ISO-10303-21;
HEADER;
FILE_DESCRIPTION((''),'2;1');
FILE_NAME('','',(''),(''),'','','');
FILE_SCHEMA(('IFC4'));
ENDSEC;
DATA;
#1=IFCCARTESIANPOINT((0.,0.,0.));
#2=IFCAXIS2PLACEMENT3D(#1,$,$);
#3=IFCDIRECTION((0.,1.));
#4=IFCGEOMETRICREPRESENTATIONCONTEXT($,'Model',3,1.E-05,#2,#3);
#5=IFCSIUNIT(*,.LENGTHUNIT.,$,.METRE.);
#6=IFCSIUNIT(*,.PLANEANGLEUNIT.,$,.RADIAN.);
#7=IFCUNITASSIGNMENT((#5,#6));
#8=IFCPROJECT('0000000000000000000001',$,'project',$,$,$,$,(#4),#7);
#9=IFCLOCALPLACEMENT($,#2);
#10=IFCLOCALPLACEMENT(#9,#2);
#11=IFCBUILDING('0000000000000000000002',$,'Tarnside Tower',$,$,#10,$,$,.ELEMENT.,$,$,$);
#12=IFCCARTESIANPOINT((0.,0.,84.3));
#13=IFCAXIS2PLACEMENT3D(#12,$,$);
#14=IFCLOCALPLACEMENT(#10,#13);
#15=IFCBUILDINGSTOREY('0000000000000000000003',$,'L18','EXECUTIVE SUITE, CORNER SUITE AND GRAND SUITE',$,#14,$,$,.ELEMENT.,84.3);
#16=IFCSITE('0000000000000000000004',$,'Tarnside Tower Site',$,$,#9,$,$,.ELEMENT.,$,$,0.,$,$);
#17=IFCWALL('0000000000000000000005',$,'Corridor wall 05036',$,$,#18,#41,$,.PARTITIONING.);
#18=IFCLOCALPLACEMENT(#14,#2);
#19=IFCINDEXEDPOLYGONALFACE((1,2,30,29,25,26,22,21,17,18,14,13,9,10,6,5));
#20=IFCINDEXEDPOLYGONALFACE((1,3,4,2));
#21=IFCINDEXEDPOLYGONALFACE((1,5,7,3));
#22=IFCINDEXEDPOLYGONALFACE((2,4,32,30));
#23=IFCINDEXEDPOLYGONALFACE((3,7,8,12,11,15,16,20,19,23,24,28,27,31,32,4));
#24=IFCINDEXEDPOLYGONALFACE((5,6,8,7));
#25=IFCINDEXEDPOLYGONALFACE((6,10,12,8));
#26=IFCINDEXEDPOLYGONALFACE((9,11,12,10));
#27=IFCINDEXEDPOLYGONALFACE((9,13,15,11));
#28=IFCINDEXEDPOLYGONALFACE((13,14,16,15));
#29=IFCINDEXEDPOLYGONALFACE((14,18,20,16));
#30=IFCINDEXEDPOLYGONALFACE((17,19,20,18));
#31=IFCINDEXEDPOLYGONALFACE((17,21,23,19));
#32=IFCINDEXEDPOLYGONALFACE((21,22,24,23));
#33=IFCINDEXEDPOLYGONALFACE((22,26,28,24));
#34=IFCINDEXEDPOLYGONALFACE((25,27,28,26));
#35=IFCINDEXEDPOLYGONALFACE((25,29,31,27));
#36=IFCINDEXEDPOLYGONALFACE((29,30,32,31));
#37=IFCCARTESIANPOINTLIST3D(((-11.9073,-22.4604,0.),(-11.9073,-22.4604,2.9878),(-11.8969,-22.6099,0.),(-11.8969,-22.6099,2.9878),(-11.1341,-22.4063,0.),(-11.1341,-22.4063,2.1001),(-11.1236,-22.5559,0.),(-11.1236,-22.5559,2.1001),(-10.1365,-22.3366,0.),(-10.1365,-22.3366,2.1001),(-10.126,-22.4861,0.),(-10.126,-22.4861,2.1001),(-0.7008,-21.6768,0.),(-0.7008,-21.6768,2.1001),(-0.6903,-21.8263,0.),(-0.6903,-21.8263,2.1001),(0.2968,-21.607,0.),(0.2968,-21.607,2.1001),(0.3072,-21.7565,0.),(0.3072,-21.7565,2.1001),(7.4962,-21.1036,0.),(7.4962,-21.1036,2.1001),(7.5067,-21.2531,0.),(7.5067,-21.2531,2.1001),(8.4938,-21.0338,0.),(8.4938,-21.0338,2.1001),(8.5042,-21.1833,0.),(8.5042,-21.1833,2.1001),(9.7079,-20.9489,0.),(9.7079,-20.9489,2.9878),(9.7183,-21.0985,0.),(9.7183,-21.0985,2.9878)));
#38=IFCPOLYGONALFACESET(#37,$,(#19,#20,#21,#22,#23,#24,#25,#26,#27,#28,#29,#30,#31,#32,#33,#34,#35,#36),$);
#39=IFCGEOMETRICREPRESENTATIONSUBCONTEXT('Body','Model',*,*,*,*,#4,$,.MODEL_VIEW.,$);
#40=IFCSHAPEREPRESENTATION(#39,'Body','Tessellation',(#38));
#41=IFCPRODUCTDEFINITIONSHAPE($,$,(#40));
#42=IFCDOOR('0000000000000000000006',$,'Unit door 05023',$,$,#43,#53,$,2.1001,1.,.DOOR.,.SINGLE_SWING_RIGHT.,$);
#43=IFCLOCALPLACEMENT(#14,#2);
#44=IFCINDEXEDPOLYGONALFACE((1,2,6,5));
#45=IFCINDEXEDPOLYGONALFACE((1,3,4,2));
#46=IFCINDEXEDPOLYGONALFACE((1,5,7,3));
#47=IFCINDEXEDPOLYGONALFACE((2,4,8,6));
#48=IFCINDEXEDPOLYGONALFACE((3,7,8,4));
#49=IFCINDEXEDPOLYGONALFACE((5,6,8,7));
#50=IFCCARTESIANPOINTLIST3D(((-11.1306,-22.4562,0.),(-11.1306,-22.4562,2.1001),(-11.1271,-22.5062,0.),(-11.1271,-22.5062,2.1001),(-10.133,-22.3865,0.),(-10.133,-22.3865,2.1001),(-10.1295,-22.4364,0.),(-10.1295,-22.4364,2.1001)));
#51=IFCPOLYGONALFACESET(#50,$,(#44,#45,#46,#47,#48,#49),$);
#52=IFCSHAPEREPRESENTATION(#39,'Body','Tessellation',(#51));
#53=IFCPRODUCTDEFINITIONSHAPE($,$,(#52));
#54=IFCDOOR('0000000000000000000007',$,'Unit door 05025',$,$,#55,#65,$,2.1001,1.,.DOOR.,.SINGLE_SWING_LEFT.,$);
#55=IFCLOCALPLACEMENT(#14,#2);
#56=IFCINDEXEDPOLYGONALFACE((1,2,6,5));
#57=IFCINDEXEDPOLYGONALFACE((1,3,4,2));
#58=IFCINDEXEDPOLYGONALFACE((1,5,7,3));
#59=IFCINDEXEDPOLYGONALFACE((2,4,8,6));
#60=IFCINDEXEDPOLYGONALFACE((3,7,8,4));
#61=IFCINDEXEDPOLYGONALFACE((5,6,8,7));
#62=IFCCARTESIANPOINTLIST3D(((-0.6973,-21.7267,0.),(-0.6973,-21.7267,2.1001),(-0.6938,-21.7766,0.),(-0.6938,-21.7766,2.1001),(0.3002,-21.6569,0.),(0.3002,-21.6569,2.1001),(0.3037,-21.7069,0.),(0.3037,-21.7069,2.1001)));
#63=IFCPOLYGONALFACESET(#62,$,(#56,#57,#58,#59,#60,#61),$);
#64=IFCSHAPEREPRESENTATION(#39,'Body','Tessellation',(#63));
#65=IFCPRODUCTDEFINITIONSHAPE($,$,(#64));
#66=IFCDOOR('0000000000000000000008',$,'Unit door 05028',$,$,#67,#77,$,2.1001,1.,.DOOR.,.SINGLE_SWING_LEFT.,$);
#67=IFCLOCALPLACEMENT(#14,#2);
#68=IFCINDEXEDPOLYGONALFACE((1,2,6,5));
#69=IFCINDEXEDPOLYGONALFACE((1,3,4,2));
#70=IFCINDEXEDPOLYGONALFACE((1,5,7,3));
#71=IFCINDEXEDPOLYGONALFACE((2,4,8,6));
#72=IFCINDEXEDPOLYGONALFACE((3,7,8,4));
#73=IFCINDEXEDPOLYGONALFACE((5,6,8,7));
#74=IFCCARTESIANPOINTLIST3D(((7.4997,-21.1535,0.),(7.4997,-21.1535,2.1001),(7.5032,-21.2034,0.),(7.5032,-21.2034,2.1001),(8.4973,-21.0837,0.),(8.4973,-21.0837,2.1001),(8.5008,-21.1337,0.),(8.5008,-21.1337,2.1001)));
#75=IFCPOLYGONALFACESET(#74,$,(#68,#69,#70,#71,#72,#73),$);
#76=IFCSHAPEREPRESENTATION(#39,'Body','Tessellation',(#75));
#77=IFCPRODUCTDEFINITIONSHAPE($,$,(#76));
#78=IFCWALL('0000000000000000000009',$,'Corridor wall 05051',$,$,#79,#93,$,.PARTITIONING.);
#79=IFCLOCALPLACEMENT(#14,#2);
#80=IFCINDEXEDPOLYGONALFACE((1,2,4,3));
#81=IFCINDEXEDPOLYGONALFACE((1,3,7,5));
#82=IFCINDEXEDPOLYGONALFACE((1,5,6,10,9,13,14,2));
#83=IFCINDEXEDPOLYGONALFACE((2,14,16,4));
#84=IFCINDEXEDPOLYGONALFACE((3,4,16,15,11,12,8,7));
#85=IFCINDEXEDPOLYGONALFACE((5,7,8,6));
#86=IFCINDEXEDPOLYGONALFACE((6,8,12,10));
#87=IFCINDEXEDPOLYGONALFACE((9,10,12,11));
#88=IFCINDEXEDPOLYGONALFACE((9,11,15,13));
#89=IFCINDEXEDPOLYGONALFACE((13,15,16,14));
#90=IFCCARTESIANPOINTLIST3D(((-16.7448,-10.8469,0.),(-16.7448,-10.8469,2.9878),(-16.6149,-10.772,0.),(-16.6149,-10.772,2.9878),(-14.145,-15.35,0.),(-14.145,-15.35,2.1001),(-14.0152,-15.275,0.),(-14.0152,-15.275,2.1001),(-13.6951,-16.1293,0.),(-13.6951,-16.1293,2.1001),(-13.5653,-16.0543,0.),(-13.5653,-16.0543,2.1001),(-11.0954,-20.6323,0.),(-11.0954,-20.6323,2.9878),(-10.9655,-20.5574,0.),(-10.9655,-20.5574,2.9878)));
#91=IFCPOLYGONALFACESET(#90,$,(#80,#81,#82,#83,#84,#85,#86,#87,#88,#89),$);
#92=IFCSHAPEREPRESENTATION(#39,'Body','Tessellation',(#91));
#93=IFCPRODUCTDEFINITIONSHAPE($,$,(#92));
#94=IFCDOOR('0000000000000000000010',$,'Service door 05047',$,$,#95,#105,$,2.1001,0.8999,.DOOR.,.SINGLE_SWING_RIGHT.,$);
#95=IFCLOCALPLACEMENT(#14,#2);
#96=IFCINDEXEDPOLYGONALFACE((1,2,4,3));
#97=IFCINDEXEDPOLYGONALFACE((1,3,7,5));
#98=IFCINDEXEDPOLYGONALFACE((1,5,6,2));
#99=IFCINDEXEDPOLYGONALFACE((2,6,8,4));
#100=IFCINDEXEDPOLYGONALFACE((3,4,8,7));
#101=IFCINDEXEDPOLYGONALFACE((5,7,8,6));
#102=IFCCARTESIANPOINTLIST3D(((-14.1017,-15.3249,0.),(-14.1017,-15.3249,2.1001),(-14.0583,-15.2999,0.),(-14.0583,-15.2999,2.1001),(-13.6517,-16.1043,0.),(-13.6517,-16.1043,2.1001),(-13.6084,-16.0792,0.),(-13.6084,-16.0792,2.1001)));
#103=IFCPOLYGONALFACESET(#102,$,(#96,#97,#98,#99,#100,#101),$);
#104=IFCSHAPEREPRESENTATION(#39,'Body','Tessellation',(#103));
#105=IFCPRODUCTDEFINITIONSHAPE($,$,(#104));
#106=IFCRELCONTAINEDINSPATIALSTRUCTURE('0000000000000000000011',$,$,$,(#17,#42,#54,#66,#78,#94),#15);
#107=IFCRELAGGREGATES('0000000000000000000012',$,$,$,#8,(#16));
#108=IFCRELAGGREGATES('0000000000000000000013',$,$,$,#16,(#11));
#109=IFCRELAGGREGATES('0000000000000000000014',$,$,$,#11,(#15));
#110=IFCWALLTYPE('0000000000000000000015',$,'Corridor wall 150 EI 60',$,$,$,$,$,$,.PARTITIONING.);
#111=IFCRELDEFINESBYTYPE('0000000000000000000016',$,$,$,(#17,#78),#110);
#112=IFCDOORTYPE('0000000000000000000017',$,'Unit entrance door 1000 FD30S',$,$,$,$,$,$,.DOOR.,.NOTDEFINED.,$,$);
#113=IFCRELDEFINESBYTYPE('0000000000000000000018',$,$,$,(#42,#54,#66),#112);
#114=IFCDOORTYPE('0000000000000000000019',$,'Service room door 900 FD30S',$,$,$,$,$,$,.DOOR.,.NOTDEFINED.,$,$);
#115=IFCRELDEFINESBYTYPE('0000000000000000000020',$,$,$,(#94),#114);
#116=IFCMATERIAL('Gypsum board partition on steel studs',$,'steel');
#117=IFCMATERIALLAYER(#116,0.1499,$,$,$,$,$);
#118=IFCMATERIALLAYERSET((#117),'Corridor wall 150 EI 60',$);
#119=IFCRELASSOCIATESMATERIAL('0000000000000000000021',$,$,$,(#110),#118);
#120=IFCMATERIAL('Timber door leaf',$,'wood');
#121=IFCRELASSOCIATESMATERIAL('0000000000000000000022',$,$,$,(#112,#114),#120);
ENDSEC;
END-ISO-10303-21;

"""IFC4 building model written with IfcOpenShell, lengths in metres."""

from ifc_helpers import new_model, si_unit, direction, frame, frame_2d, origin, place, context, subcontext, project, spatial, rectangle, extrude, material, layer, layer_set, type_object, element, fill, save


model = new_model("IFC4")

# Units and contexts
model_context = context("Model", 3, precision=1e-05, world=origin(), true_north=direction((0.0, 1.0)))
body_context = subcontext(model_context, "Body", "Model", "MODEL_VIEW")
ifc_project = project(units=[si_unit("LENGTHUNIT", "METRE"), si_unit("PLANEANGLEUNIT", "RADIAN")], contexts=[model_context])

# Site, building, storey
site_placement = place(None, origin())
site = spatial("IfcSite", under=ifc_project, at=site_placement, Name="Tarnside Tower Site", CompositionType="ELEMENT", RefElevation=0.0)
building_placement = place(site_placement, origin())
building = spatial("IfcBuilding", under=site, at=building_placement, Name="Tarnside Tower", CompositionType="ELEMENT")
storey_placement = place(building_placement, frame((0.0, 0.0, 84.3)))
storey = spatial("IfcBuildingStorey", under=building, at=storey_placement, Name="L18", Description="EXECUTIVE SUITE, CORNER SUITE AND GRAND SUITE", CompositionType="ELEMENT", Elevation=84.3)

# Shared definitions
ifc_material_1 = material(Name="Gypsum board partition on steel studs", Category="steel")

# Shared definitions
ifc_material_2 = material(Name="Timber door leaf", Category="wood")

# Wall, openings, doors
ifc_layer_1 = layer(ifc_material_1, 0.1499)
ifc_layer_set_1 = layer_set([ifc_layer_1], Name="Corridor wall 150 EI 60")
wall_type_1 = type_object("IfcWallType", Name="Corridor wall 150 EI 60", PredefinedType="PARTITIONING", material=ifc_layer_set_1)
wall_1_placement = place(storey_placement, frame((-11.9021, -22.5352, 0.0), z_axis=(0.0, 0.0, 1.0), x_axis=(0.997564, 0.069756, 0.0)))
wall_1 = element("IfcWall", 1, at=wall_1_placement, inside=storey, type_object=wall_type_1, Name="Corridor wall 05036", PredefinedType="PARTITIONING", context=body_context, shape_type="SweptSolid", body=[
    extrude(rectangle(XDim=21.668, YDim=0.1499, at=frame_2d((10.834, 0.0))), origin(), (0.0, 0.0, 1.0), 2.9878),
])
opening_1_placement = place(wall_1_placement, frame((0.7751, 0.0, 0.0)))
opening_1 = element("IfcOpeningElement", 2, at=opening_1_placement, cuts=wall_1, PredefinedType="OPENING", context=body_context, shape_type="SweptSolid", body=[
    extrude(rectangle(XDim=1.0, YDim=2.1001, at=frame_2d((0.5, 1.05))), frame((0.0, 0.085, 0.0), z_axis=(0.0, -1.0, 0.0), x_axis=(1.0, 0.0, 0.0)), (0.0, 0.0, 1.0), 0.1699),
])
opening_2_placement = place(wall_1_placement, frame((11.2339, 0.0, 0.0)))
opening_2 = element("IfcOpeningElement", 3, at=opening_2_placement, cuts=wall_1, PredefinedType="OPENING", context=body_context, shape_type="SweptSolid", body=[
    extrude(rectangle(XDim=1.0, YDim=2.1001, at=frame_2d((0.5, 1.05))), frame((0.0, 0.085, 0.0), z_axis=(0.0, -1.0, 0.0), x_axis=(1.0, 0.0, 0.0)), (0.0, 0.0, 1.0), 0.1699),
])
opening_3_placement = place(wall_1_placement, frame((19.4509, 0.0, 0.0)))
opening_3 = element("IfcOpeningElement", 4, at=opening_3_placement, cuts=wall_1, PredefinedType="OPENING", context=body_context, shape_type="SweptSolid", body=[
    extrude(rectangle(XDim=1.0, YDim=2.1001, at=frame_2d((0.5, 1.05))), frame((0.0, 0.085, 0.0), z_axis=(0.0, -1.0, 0.0), x_axis=(1.0, 0.0, 0.0)), (0.0, 0.0, 1.0), 0.1699),
])
door_type_1 = type_object("IfcDoorType", Name="Unit entrance door 1000 FD30S", OperationType="NOTDEFINED", PredefinedType="DOOR", material=ifc_material_2)
door_1_placement = place(opening_1_placement, origin())
door_1 = element("IfcDoor", 5, at=door_1_placement, inside=storey, type_object=door_type_1, Name="Unit door 05023", OperationType="SINGLE_SWING_RIGHT", OverallHeight=2.1001, OverallWidth=1.0, PredefinedType="DOOR", context=body_context, shape_type="SweptSolid", body=[
    extrude(rectangle(XDim=1.0, YDim=2.1001, at=frame_2d((0.5, 1.05))), frame((0.0, 0.0249, 0.0), z_axis=(0.0, -1.0, 0.0), x_axis=(1.0, 0.0, 0.0)), (0.0, 0.0, 1.0), 0.05),
])
fill(opening_1, door_1)
door_2_placement = place(opening_2_placement, origin())
door_2 = element("IfcDoor", 6, at=door_2_placement, inside=storey, type_object=door_type_1, Name="Unit door 05025", OperationType="SINGLE_SWING_LEFT", OverallHeight=2.1001, OverallWidth=1.0, PredefinedType="DOOR", context=body_context, shape_type="SweptSolid", body=[
    extrude(rectangle(XDim=1.0, YDim=2.1001, at=frame_2d((0.5, 1.05))), frame((0.0, 0.0249, 0.0), z_axis=(0.0, -1.0, 0.0), x_axis=(1.0, 0.0, 0.0)), (0.0, 0.0, 1.0), 0.05),
])
fill(opening_2, door_2)
door_3_placement = place(opening_3_placement, origin())
door_3 = element("IfcDoor", 7, at=door_3_placement, inside=storey, type_object=door_type_1, Name="Unit door 05028", OperationType="SINGLE_SWING_LEFT", OverallHeight=2.1001, OverallWidth=1.0, PredefinedType="DOOR", context=body_context, shape_type="SweptSolid", body=[
    extrude(rectangle(XDim=1.0, YDim=2.1001, at=frame_2d((0.5, 1.05))), frame((0.0, 0.0249, 0.0), z_axis=(0.0, -1.0, 0.0), x_axis=(1.0, 0.0, 0.0)), (0.0, 0.0, 1.0), 0.05),
])
fill(opening_3, door_3)

# Wall, opening, door
wall_2_placement = place(storey_placement, frame((-11.0305, -20.5947, 0.0), z_axis=(0.0, 0.0, 1.0), x_axis=(-0.499987, 0.866033, 0.0)))
wall_2 = element("IfcWall", 8, at=wall_2_placement, inside=storey, type_object=wall_type_1, Name="Corridor wall 05051", PredefinedType="PARTITIONING", context=body_context, shape_type="SweptSolid", body=[
    extrude(rectangle(XDim=11.2991, YDim=0.1499, at=frame_2d((5.6494, 0.0))), origin(), (0.0, 0.0, 1.0), 2.9878),
])
opening_4_placement = place(wall_2_placement, frame((5.1995, 0.0, 0.0)))
opening_4 = element("IfcOpeningElement", 9, at=opening_4_placement, cuts=wall_2, PredefinedType="OPENING", context=body_context, shape_type="SweptSolid", body=[
    extrude(rectangle(XDim=0.8999, YDim=2.1001, at=frame_2d((0.45, 1.05))), frame((0.0, 0.085, 0.0), z_axis=(0.0, -1.0, 0.0), x_axis=(1.0, 0.0, 0.0)), (0.0, 0.0, 1.0), 0.1699),
])
door_type_2 = type_object("IfcDoorType", Name="Service room door 900 FD30S", OperationType="NOTDEFINED", PredefinedType="DOOR", material=ifc_material_2)
door_4_placement = place(opening_4_placement, origin())
door_4 = element("IfcDoor", 10, at=door_4_placement, inside=storey, type_object=door_type_2, Name="Service door 05047", OperationType="SINGLE_SWING_RIGHT", OverallHeight=2.1001, OverallWidth=0.8999, PredefinedType="DOOR", context=body_context, shape_type="SweptSolid", body=[
    extrude(rectangle(XDim=0.8999, YDim=2.1001, at=frame_2d((0.45, 1.05))), frame((0.0, 0.0249, 0.0), z_axis=(0.0, -1.0, 0.0), x_axis=(1.0, 0.0, 0.0)), (0.0, 0.0, 1.0), 0.05),
])
fill(opening_4, door_4)

save(model, "model.ifc")
